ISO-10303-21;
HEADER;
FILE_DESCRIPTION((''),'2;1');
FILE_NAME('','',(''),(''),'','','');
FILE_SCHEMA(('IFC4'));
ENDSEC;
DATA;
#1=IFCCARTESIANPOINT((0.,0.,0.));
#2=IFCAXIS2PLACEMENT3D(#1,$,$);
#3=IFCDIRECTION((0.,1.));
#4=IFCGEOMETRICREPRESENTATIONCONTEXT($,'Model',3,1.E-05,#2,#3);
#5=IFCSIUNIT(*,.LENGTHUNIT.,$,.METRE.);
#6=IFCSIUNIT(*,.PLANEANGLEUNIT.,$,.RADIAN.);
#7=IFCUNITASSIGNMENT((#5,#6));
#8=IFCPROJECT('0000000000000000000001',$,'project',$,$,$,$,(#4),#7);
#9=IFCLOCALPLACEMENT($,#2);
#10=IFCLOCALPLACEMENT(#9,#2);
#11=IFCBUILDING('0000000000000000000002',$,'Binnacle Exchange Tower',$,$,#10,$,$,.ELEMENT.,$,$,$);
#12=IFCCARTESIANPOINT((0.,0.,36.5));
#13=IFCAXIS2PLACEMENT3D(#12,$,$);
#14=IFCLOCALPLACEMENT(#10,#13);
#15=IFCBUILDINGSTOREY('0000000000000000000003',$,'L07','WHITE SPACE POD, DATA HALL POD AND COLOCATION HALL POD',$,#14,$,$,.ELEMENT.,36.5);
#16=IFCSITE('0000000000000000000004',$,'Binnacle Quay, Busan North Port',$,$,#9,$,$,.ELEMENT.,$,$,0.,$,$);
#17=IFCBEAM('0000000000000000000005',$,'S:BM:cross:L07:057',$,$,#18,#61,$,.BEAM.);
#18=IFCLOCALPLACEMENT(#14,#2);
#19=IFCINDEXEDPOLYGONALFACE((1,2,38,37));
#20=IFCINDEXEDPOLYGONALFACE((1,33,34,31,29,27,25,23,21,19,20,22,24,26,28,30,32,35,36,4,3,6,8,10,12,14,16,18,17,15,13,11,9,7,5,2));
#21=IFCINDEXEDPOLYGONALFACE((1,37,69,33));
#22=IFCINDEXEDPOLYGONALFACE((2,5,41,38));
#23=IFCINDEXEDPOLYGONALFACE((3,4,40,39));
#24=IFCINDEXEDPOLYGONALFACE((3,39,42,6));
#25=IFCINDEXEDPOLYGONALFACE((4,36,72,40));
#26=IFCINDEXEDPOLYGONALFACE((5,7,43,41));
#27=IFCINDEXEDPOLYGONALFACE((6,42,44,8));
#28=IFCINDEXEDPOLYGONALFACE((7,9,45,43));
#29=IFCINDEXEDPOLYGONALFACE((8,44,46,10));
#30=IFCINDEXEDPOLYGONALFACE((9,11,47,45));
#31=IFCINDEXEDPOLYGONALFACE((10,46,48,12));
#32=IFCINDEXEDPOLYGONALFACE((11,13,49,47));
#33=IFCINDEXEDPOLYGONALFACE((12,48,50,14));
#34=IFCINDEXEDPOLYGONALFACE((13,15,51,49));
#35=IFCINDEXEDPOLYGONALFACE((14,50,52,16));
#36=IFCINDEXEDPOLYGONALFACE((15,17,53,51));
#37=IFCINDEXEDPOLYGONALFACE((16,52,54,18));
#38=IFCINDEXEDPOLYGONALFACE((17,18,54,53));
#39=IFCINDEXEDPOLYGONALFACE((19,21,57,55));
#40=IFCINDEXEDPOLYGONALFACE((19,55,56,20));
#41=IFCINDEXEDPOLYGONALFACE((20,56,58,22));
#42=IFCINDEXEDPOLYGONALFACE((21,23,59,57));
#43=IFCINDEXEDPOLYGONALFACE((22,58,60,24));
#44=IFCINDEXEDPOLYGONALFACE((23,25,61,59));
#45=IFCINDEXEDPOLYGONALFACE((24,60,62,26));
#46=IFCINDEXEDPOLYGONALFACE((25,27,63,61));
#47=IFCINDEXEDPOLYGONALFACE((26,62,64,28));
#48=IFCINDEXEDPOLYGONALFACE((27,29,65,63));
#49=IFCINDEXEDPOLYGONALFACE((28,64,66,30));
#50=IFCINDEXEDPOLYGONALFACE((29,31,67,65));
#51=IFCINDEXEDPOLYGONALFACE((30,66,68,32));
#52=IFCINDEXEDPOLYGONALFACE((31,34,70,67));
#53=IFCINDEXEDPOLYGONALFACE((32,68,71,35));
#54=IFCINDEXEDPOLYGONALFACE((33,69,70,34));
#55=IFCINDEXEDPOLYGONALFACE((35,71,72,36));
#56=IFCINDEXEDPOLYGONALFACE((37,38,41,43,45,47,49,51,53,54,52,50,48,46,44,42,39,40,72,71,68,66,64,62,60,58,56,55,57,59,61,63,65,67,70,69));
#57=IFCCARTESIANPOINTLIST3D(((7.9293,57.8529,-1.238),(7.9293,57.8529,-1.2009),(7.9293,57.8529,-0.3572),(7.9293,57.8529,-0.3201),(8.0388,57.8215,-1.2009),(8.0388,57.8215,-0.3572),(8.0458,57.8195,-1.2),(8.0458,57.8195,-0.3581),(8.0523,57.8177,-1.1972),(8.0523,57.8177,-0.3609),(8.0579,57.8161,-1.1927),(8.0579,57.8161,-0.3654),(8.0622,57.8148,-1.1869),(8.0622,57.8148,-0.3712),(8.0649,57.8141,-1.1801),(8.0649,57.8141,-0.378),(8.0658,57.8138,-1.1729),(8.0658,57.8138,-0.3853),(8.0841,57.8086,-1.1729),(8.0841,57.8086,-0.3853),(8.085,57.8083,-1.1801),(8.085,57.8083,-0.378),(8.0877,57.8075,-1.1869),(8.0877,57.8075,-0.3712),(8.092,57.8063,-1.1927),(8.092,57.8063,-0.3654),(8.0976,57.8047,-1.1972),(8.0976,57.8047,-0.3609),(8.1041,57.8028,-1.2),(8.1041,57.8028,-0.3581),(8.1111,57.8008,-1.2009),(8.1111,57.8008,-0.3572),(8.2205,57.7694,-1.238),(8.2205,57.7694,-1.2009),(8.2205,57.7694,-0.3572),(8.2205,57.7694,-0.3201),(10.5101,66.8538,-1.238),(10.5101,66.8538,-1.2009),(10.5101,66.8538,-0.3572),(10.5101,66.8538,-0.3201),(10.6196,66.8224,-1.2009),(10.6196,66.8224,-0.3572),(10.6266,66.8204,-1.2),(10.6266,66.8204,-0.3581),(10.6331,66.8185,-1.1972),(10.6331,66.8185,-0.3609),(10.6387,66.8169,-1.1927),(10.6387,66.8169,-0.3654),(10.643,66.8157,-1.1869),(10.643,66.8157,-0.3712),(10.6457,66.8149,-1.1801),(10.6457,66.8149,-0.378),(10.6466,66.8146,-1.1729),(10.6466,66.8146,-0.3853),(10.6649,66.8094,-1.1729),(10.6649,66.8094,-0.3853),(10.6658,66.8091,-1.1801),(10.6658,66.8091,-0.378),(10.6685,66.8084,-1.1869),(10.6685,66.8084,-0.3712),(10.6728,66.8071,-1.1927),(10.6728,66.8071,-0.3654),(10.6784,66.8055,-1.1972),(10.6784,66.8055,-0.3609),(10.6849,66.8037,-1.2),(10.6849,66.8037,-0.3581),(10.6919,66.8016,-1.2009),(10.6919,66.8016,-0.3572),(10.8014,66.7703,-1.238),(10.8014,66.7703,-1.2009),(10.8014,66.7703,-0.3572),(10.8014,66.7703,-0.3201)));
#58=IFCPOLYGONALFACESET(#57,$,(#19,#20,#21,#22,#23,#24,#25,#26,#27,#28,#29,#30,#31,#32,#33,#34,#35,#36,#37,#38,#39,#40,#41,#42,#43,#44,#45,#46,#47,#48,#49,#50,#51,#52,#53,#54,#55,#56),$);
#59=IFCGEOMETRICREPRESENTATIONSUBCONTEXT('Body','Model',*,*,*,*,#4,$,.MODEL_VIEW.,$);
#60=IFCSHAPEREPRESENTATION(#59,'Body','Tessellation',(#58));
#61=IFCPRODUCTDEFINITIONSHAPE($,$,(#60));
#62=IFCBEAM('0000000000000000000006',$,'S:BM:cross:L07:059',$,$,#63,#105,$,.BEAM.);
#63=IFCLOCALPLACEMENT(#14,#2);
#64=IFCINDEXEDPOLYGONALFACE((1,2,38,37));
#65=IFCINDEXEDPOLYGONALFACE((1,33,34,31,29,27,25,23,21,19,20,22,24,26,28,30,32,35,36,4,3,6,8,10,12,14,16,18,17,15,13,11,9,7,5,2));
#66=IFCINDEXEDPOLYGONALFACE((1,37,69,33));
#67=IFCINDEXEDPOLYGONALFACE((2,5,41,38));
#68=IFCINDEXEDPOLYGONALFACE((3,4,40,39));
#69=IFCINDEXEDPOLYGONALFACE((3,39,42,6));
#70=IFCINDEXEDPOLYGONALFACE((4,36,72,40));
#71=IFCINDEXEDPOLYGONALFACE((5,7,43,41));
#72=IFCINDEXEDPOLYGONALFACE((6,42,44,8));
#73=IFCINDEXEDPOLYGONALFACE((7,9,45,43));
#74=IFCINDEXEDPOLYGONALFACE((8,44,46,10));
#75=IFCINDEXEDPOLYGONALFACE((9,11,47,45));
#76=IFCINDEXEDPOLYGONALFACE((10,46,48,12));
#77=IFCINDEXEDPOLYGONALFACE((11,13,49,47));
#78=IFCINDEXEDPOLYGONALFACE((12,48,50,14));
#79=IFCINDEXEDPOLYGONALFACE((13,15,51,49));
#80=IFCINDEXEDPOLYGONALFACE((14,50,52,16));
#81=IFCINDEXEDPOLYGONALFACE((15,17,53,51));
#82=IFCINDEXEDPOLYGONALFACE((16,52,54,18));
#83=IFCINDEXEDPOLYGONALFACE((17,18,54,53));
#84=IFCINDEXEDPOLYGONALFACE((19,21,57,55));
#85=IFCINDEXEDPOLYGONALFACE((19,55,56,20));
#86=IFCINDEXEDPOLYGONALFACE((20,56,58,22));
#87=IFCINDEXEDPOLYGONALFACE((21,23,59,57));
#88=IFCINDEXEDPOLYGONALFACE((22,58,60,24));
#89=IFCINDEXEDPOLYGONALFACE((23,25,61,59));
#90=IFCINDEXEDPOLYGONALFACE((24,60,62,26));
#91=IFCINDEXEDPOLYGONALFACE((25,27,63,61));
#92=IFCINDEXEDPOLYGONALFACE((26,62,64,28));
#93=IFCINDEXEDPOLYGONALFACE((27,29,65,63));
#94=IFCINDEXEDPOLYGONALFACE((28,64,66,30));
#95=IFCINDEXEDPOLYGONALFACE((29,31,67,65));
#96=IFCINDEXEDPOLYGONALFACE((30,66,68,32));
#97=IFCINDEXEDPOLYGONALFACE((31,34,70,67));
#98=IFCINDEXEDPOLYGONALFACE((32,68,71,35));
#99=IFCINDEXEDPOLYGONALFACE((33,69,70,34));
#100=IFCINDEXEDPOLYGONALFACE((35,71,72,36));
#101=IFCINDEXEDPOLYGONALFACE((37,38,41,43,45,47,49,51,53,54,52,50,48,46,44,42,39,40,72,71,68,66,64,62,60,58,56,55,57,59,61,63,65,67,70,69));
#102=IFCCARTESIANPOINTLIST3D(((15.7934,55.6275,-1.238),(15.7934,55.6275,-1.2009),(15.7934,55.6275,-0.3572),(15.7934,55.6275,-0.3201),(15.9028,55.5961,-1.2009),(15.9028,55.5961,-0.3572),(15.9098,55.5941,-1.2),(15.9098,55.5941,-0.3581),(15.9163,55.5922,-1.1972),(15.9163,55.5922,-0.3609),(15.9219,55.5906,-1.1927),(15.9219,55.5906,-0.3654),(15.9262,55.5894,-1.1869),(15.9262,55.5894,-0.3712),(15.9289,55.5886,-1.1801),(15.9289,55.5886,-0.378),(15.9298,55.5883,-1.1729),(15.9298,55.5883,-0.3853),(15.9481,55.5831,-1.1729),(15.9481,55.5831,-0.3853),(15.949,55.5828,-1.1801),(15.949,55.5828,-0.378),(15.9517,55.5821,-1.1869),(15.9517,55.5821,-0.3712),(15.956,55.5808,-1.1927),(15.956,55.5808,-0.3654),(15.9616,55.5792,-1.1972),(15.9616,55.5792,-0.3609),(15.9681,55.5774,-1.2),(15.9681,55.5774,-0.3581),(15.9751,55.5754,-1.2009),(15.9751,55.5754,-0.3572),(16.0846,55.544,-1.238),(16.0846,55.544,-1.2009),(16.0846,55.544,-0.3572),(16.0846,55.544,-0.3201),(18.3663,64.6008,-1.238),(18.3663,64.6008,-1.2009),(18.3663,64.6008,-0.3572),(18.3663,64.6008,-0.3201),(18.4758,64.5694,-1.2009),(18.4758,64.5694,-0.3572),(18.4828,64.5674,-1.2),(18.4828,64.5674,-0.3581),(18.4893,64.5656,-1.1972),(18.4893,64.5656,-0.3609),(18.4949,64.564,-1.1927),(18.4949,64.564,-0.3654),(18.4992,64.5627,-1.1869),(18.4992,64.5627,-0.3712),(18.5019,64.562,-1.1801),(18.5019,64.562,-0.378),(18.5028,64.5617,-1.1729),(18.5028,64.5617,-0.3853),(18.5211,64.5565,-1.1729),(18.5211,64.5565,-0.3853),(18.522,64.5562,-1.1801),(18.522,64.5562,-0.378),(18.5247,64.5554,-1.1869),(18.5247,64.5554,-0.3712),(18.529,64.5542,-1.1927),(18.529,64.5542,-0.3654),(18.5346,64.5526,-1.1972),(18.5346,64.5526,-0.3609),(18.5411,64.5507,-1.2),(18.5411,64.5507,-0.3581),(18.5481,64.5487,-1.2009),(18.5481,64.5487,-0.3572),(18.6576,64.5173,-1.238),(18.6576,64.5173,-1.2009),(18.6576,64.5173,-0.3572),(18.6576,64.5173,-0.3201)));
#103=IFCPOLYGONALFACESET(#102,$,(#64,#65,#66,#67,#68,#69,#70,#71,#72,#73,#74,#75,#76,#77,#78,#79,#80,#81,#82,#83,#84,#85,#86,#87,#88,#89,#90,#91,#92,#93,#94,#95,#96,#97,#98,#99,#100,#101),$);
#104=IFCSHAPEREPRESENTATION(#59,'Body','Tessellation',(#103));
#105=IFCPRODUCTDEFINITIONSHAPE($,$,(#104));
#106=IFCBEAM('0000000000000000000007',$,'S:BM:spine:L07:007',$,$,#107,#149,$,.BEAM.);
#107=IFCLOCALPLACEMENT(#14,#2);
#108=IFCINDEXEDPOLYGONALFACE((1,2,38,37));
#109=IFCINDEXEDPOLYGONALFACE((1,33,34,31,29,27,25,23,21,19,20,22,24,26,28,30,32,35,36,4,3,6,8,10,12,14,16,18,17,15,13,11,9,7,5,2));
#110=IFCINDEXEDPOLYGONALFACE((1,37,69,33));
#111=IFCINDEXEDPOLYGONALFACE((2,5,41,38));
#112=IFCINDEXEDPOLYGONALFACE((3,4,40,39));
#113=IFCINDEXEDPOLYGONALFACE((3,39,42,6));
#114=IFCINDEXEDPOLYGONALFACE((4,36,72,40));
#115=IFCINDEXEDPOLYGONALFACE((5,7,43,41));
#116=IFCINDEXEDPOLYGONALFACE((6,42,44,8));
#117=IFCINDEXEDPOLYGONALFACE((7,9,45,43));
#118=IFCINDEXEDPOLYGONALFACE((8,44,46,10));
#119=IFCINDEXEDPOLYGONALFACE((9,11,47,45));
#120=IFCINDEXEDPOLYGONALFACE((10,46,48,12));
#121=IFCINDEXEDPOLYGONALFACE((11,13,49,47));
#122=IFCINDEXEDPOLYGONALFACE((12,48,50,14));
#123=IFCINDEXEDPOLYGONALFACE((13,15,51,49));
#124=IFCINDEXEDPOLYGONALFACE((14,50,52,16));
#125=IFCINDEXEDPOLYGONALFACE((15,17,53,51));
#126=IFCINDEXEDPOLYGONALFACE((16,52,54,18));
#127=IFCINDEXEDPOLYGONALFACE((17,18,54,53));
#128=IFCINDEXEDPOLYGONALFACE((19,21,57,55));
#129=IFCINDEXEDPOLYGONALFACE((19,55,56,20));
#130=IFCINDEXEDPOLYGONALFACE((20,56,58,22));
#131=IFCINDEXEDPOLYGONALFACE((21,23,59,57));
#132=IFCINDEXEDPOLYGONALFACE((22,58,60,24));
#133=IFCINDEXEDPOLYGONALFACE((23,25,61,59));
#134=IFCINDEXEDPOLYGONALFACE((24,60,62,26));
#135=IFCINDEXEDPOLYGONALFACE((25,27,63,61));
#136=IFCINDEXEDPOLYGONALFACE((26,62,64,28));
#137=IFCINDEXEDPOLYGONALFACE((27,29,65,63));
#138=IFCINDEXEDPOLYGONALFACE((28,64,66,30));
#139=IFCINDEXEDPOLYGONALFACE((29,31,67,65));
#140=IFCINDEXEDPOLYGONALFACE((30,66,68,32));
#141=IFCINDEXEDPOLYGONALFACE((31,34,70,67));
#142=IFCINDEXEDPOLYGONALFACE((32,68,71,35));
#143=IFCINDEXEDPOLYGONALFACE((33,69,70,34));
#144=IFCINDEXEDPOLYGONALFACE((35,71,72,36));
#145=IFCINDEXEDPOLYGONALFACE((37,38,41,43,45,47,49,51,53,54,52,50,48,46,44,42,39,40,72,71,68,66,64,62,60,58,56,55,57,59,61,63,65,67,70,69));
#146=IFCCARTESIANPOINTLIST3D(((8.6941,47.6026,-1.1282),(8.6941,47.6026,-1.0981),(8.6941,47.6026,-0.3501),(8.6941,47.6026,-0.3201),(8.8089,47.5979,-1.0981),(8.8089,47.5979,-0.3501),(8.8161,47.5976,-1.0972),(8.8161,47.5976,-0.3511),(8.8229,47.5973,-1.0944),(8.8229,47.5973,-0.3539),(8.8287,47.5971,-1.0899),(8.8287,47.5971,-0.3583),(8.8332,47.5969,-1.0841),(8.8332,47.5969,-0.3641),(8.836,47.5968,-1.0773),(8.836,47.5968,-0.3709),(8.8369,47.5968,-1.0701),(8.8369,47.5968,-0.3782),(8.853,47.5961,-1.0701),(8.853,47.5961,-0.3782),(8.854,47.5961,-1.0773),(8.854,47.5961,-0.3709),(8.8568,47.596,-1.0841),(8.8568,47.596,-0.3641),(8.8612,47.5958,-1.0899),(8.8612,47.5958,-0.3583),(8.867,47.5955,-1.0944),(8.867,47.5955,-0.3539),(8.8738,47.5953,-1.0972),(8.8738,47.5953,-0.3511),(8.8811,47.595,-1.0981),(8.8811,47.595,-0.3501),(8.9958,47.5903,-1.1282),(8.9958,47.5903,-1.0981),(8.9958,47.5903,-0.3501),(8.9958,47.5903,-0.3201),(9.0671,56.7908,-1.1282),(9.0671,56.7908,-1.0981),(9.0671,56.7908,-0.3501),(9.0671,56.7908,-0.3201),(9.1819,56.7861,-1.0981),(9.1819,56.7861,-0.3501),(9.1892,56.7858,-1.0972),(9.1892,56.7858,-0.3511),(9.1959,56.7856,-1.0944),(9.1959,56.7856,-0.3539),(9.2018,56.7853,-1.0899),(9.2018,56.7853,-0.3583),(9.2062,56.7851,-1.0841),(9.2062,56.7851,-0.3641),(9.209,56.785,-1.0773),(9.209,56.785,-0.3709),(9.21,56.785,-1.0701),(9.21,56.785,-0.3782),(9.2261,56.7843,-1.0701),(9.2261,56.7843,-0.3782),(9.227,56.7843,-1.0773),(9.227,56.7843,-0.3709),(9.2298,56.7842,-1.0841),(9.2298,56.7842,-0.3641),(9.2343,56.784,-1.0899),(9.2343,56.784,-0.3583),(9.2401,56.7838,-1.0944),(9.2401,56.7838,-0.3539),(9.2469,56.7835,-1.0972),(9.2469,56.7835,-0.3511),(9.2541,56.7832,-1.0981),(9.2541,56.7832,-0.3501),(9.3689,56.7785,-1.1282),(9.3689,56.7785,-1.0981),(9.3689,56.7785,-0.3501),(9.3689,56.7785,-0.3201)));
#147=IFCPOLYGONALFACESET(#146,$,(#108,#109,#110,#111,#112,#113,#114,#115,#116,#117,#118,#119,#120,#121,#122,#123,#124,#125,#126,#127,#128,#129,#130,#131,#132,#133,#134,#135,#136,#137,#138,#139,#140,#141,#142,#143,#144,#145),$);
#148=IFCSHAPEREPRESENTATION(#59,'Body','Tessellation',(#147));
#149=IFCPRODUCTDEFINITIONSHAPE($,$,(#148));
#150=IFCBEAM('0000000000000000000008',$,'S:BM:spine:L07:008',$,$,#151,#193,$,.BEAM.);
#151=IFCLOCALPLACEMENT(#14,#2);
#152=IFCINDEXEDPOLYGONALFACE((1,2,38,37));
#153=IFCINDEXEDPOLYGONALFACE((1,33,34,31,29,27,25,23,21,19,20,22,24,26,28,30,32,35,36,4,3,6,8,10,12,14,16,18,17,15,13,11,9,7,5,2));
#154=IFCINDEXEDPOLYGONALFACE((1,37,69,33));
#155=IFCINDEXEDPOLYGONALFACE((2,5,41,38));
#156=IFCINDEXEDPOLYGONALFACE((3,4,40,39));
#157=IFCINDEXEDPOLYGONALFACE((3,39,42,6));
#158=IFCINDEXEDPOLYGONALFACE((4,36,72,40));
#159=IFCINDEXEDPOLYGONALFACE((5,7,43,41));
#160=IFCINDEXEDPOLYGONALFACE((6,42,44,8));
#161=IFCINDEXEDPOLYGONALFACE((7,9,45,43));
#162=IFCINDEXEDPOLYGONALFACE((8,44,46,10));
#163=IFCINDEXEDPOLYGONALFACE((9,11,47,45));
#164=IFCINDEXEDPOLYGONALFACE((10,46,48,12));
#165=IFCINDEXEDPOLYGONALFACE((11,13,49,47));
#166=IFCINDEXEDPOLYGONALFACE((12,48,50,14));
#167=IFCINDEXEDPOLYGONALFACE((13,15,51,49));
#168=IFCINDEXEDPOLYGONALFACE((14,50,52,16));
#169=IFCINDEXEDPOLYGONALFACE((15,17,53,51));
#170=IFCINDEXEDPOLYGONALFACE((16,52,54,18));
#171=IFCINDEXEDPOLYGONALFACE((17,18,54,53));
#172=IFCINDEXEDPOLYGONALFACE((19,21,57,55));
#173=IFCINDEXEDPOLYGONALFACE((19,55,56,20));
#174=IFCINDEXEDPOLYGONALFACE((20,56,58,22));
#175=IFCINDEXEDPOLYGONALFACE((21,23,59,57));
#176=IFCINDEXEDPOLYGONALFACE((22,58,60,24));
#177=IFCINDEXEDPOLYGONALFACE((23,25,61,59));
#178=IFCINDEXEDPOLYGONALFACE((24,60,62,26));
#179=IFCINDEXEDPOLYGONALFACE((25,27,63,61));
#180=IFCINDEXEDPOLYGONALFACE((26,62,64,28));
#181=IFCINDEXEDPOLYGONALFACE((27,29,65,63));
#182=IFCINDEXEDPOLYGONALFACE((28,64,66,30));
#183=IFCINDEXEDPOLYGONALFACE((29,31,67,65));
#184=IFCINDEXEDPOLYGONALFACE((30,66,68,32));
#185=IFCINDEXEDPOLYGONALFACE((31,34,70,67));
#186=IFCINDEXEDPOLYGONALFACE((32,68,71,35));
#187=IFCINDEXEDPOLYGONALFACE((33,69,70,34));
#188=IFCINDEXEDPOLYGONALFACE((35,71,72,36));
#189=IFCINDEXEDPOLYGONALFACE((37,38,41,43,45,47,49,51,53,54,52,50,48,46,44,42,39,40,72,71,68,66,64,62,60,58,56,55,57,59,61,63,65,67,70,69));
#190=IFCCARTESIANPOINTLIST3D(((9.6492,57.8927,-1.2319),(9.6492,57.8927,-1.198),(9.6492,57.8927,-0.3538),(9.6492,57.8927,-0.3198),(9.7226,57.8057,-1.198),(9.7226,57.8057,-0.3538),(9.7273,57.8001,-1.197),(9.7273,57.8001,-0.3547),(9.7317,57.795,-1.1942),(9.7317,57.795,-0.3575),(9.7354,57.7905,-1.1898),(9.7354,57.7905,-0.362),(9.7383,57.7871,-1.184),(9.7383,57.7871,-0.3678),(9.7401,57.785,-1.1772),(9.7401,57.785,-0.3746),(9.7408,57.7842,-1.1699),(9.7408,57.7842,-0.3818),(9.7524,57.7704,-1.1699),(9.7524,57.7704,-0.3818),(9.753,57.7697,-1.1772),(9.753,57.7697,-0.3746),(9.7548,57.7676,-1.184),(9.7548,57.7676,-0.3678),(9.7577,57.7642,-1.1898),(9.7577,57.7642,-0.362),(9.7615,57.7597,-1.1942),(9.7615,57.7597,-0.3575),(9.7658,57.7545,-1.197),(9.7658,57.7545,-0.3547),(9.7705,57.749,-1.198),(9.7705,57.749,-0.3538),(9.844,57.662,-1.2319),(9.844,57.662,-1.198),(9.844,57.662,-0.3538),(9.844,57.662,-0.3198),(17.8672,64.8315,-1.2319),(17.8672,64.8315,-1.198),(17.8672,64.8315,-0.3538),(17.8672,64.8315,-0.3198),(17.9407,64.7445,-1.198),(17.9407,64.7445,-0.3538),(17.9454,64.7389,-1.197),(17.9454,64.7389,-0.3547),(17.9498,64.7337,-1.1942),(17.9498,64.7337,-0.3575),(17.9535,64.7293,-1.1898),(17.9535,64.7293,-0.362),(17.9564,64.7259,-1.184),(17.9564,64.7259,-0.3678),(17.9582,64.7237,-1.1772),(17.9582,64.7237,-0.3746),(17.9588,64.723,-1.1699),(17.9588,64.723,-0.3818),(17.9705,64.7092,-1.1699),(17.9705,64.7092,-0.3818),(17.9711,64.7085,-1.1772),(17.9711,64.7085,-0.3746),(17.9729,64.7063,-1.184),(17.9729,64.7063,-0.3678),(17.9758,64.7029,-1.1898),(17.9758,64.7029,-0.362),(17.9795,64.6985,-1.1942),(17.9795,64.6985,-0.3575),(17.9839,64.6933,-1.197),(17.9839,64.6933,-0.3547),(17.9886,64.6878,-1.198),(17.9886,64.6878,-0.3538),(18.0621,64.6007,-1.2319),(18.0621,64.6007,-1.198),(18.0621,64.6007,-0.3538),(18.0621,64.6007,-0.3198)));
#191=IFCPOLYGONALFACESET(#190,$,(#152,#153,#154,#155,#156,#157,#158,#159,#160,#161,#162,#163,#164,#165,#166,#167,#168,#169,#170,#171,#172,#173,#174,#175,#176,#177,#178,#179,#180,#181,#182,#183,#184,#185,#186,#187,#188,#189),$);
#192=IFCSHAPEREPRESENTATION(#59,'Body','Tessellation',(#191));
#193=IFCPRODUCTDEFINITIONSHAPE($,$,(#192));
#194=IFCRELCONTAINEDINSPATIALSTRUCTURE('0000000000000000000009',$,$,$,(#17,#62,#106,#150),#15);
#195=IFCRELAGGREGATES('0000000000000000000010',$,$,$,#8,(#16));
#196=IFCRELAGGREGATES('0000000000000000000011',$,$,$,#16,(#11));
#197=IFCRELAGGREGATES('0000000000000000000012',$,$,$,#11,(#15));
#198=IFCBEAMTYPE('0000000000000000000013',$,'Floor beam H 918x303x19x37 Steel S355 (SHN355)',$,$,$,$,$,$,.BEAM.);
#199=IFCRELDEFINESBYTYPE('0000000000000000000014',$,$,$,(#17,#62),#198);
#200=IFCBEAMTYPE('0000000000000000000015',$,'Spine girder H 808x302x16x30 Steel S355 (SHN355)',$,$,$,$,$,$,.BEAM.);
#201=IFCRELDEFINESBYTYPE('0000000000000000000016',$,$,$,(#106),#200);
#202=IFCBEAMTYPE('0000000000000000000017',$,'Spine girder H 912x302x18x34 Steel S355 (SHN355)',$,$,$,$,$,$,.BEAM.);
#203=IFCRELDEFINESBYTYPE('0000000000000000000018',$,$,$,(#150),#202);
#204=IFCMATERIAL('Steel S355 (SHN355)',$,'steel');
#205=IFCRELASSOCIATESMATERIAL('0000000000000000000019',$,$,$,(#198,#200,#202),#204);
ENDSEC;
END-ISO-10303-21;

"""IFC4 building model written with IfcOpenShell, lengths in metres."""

from ifc_helpers import new_model, si_unit, direction, frame, origin, origin_2d, place, context, subcontext, project, spatial, i_section, extrude, material, material_profile, profile_set, type_object, element, save


model = new_model("IFC4")

# Units and contexts
model_context = context("Model", 3, precision=1e-05, world=origin(), true_north=direction((0.0, 1.0)))
body_context = subcontext(model_context, "Body", "Model", "MODEL_VIEW")
ifc_project = project(units=[si_unit("LENGTHUNIT", "METRE"), si_unit("PLANEANGLEUNIT", "RADIAN")], contexts=[model_context])

# Site, building, storey
site_placement = place(None, origin())
site = spatial("IfcSite", under=ifc_project, at=site_placement, Name="Binnacle Quay, Busan North Port", CompositionType="ELEMENT", RefElevation=0.0)
building_placement = place(site_placement, origin())
building = spatial("IfcBuilding", under=site, at=building_placement, Name="Binnacle Exchange Tower", CompositionType="ELEMENT")
storey_placement = place(building_placement, frame((0.0, 0.0, 36.5)))
storey = spatial("IfcBuildingStorey", under=building, at=storey_placement, Name="L07", Description="WHITE SPACE POD, DATA HALL POD AND COLOCATION HALL POD", CompositionType="ELEMENT", Elevation=36.5)

# Beams
ifc_material_1 = material(Name="Steel S355 (SHN355)", Category="steel")
ifc_material_profile_1 = material_profile(ifc_material_1, i_section(OverallWidth=0.303, OverallDepth=0.918, WebThickness=0.019, FlangeThickness=0.0371, FilletRadius=0.0281, at=origin_2d()), Name="H 918x303x19x37")
ifc_profile_set_1 = profile_set([ifc_material_profile_1], Name="Steel S355 (SHN355)")
beam_type_1 = type_object("IfcBeamType", Name="Floor beam H 918x303x19x37 Steel S355 (SHN355)", PredefinedType="BEAM", material=ifc_profile_set_1)
beam_1_placement = place(storey_placement, frame((10.6558, 66.812, -0.7791), z_axis=(-0.275627, -0.961265, 0.0), x_axis=(0.961265, -0.275627, 0.0)))
element("IfcBeam", 1, at=beam_1_placement, inside=storey, type_object=beam_type_1, Name="S:BM:cross:L07:057", PredefinedType="BEAM", context=body_context, shape_type="SweptSolid", body=[
    extrude(i_section(OverallWidth=0.303, OverallDepth=0.918, WebThickness=0.019, FlangeThickness=0.0371, FilletRadius=0.0281, at=origin_2d()), origin(), (0.0, 0.0, 1.0), 9.3635),
])
beam_2_placement = place(storey_placement, frame((18.512, 64.5591, -0.7791), z_axis=(-0.275629, -0.961264, 0.0), x_axis=(0.961264, -0.275629, 0.0)))
element("IfcBeam", 2, at=beam_2_placement, inside=storey, type_object=beam_type_1, Name="S:BM:cross:L07:059", PredefinedType="BEAM", context=body_context, shape_type="SweptSolid", body=[
    extrude(i_section(OverallWidth=0.303, OverallDepth=0.918, WebThickness=0.019, FlangeThickness=0.0371, FilletRadius=0.0281, at=origin_2d()), origin(), (0.0, 0.0, 1.0), 9.335),
])
ifc_material_profile_2 = material_profile(ifc_material_1, i_section(OverallWidth=0.302, OverallDepth=0.8081, WebThickness=0.0161, FlangeThickness=0.03, FilletRadius=0.0281, at=origin_2d()), Name="H 808x302x16x30")
ifc_profile_set_2 = profile_set([ifc_material_profile_2], Name="Steel S355 (SHN355)")
beam_type_2 = type_object("IfcBeamType", Name="Spine girder H 808x302x16x30 Steel S355 (SHN355)", PredefinedType="BEAM", material=ifc_profile_set_2)
beam_3_placement = place(storey_placement, frame((9.218, 56.7847, -0.7241), z_axis=(-0.040567, -0.999177, 0.0), x_axis=(0.999177, -0.040567, 0.0)))
element("IfcBeam", 3, at=beam_3_placement, inside=storey, type_object=beam_type_2, Name="S:BM:spine:L07:007", PredefinedType="BEAM", context=body_context, shape_type="SweptSolid", body=[
    extrude(i_section(OverallWidth=0.302, OverallDepth=0.8081, WebThickness=0.0161, FlangeThickness=0.03, FilletRadius=0.0281, at=origin_2d()), origin(), (0.0, 0.0, 1.0), 9.1958),
])
ifc_material_profile_3 = material_profile(ifc_material_1, i_section(OverallWidth=0.302, OverallDepth=0.9121, WebThickness=0.0181, FlangeThickness=0.0339, FilletRadius=0.0281, at=origin_2d()), Name="H 912x302x18x34")
ifc_profile_set_3 = profile_set([ifc_material_profile_3], Name="Steel S355 (SHN355)")
beam_type_3 = type_object("IfcBeamType", Name="Spine girder H 912x302x18x34 Steel S355 (SHN355)", PredefinedType="BEAM", material=ifc_profile_set_3)
beam_4_placement = place(storey_placement, frame((9.7466, 57.7773, -0.7759), z_axis=(0.764073, 0.64513, 0.0), x_axis=(-0.64513, 0.764073, 0.0)))
element("IfcBeam", 4, at=beam_4_placement, inside=storey, type_object=beam_type_3, Name="S:BM:spine:L07:008", PredefinedType="BEAM", context=body_context, shape_type="SweptSolid", body=[
    extrude(i_section(OverallWidth=0.302, OverallDepth=0.9121, WebThickness=0.0181, FlangeThickness=0.0339, FilletRadius=0.0281, at=origin_2d()), origin(), (0.0, 0.0, 1.0), 10.7556),
])

save(model, "model.ifc")
